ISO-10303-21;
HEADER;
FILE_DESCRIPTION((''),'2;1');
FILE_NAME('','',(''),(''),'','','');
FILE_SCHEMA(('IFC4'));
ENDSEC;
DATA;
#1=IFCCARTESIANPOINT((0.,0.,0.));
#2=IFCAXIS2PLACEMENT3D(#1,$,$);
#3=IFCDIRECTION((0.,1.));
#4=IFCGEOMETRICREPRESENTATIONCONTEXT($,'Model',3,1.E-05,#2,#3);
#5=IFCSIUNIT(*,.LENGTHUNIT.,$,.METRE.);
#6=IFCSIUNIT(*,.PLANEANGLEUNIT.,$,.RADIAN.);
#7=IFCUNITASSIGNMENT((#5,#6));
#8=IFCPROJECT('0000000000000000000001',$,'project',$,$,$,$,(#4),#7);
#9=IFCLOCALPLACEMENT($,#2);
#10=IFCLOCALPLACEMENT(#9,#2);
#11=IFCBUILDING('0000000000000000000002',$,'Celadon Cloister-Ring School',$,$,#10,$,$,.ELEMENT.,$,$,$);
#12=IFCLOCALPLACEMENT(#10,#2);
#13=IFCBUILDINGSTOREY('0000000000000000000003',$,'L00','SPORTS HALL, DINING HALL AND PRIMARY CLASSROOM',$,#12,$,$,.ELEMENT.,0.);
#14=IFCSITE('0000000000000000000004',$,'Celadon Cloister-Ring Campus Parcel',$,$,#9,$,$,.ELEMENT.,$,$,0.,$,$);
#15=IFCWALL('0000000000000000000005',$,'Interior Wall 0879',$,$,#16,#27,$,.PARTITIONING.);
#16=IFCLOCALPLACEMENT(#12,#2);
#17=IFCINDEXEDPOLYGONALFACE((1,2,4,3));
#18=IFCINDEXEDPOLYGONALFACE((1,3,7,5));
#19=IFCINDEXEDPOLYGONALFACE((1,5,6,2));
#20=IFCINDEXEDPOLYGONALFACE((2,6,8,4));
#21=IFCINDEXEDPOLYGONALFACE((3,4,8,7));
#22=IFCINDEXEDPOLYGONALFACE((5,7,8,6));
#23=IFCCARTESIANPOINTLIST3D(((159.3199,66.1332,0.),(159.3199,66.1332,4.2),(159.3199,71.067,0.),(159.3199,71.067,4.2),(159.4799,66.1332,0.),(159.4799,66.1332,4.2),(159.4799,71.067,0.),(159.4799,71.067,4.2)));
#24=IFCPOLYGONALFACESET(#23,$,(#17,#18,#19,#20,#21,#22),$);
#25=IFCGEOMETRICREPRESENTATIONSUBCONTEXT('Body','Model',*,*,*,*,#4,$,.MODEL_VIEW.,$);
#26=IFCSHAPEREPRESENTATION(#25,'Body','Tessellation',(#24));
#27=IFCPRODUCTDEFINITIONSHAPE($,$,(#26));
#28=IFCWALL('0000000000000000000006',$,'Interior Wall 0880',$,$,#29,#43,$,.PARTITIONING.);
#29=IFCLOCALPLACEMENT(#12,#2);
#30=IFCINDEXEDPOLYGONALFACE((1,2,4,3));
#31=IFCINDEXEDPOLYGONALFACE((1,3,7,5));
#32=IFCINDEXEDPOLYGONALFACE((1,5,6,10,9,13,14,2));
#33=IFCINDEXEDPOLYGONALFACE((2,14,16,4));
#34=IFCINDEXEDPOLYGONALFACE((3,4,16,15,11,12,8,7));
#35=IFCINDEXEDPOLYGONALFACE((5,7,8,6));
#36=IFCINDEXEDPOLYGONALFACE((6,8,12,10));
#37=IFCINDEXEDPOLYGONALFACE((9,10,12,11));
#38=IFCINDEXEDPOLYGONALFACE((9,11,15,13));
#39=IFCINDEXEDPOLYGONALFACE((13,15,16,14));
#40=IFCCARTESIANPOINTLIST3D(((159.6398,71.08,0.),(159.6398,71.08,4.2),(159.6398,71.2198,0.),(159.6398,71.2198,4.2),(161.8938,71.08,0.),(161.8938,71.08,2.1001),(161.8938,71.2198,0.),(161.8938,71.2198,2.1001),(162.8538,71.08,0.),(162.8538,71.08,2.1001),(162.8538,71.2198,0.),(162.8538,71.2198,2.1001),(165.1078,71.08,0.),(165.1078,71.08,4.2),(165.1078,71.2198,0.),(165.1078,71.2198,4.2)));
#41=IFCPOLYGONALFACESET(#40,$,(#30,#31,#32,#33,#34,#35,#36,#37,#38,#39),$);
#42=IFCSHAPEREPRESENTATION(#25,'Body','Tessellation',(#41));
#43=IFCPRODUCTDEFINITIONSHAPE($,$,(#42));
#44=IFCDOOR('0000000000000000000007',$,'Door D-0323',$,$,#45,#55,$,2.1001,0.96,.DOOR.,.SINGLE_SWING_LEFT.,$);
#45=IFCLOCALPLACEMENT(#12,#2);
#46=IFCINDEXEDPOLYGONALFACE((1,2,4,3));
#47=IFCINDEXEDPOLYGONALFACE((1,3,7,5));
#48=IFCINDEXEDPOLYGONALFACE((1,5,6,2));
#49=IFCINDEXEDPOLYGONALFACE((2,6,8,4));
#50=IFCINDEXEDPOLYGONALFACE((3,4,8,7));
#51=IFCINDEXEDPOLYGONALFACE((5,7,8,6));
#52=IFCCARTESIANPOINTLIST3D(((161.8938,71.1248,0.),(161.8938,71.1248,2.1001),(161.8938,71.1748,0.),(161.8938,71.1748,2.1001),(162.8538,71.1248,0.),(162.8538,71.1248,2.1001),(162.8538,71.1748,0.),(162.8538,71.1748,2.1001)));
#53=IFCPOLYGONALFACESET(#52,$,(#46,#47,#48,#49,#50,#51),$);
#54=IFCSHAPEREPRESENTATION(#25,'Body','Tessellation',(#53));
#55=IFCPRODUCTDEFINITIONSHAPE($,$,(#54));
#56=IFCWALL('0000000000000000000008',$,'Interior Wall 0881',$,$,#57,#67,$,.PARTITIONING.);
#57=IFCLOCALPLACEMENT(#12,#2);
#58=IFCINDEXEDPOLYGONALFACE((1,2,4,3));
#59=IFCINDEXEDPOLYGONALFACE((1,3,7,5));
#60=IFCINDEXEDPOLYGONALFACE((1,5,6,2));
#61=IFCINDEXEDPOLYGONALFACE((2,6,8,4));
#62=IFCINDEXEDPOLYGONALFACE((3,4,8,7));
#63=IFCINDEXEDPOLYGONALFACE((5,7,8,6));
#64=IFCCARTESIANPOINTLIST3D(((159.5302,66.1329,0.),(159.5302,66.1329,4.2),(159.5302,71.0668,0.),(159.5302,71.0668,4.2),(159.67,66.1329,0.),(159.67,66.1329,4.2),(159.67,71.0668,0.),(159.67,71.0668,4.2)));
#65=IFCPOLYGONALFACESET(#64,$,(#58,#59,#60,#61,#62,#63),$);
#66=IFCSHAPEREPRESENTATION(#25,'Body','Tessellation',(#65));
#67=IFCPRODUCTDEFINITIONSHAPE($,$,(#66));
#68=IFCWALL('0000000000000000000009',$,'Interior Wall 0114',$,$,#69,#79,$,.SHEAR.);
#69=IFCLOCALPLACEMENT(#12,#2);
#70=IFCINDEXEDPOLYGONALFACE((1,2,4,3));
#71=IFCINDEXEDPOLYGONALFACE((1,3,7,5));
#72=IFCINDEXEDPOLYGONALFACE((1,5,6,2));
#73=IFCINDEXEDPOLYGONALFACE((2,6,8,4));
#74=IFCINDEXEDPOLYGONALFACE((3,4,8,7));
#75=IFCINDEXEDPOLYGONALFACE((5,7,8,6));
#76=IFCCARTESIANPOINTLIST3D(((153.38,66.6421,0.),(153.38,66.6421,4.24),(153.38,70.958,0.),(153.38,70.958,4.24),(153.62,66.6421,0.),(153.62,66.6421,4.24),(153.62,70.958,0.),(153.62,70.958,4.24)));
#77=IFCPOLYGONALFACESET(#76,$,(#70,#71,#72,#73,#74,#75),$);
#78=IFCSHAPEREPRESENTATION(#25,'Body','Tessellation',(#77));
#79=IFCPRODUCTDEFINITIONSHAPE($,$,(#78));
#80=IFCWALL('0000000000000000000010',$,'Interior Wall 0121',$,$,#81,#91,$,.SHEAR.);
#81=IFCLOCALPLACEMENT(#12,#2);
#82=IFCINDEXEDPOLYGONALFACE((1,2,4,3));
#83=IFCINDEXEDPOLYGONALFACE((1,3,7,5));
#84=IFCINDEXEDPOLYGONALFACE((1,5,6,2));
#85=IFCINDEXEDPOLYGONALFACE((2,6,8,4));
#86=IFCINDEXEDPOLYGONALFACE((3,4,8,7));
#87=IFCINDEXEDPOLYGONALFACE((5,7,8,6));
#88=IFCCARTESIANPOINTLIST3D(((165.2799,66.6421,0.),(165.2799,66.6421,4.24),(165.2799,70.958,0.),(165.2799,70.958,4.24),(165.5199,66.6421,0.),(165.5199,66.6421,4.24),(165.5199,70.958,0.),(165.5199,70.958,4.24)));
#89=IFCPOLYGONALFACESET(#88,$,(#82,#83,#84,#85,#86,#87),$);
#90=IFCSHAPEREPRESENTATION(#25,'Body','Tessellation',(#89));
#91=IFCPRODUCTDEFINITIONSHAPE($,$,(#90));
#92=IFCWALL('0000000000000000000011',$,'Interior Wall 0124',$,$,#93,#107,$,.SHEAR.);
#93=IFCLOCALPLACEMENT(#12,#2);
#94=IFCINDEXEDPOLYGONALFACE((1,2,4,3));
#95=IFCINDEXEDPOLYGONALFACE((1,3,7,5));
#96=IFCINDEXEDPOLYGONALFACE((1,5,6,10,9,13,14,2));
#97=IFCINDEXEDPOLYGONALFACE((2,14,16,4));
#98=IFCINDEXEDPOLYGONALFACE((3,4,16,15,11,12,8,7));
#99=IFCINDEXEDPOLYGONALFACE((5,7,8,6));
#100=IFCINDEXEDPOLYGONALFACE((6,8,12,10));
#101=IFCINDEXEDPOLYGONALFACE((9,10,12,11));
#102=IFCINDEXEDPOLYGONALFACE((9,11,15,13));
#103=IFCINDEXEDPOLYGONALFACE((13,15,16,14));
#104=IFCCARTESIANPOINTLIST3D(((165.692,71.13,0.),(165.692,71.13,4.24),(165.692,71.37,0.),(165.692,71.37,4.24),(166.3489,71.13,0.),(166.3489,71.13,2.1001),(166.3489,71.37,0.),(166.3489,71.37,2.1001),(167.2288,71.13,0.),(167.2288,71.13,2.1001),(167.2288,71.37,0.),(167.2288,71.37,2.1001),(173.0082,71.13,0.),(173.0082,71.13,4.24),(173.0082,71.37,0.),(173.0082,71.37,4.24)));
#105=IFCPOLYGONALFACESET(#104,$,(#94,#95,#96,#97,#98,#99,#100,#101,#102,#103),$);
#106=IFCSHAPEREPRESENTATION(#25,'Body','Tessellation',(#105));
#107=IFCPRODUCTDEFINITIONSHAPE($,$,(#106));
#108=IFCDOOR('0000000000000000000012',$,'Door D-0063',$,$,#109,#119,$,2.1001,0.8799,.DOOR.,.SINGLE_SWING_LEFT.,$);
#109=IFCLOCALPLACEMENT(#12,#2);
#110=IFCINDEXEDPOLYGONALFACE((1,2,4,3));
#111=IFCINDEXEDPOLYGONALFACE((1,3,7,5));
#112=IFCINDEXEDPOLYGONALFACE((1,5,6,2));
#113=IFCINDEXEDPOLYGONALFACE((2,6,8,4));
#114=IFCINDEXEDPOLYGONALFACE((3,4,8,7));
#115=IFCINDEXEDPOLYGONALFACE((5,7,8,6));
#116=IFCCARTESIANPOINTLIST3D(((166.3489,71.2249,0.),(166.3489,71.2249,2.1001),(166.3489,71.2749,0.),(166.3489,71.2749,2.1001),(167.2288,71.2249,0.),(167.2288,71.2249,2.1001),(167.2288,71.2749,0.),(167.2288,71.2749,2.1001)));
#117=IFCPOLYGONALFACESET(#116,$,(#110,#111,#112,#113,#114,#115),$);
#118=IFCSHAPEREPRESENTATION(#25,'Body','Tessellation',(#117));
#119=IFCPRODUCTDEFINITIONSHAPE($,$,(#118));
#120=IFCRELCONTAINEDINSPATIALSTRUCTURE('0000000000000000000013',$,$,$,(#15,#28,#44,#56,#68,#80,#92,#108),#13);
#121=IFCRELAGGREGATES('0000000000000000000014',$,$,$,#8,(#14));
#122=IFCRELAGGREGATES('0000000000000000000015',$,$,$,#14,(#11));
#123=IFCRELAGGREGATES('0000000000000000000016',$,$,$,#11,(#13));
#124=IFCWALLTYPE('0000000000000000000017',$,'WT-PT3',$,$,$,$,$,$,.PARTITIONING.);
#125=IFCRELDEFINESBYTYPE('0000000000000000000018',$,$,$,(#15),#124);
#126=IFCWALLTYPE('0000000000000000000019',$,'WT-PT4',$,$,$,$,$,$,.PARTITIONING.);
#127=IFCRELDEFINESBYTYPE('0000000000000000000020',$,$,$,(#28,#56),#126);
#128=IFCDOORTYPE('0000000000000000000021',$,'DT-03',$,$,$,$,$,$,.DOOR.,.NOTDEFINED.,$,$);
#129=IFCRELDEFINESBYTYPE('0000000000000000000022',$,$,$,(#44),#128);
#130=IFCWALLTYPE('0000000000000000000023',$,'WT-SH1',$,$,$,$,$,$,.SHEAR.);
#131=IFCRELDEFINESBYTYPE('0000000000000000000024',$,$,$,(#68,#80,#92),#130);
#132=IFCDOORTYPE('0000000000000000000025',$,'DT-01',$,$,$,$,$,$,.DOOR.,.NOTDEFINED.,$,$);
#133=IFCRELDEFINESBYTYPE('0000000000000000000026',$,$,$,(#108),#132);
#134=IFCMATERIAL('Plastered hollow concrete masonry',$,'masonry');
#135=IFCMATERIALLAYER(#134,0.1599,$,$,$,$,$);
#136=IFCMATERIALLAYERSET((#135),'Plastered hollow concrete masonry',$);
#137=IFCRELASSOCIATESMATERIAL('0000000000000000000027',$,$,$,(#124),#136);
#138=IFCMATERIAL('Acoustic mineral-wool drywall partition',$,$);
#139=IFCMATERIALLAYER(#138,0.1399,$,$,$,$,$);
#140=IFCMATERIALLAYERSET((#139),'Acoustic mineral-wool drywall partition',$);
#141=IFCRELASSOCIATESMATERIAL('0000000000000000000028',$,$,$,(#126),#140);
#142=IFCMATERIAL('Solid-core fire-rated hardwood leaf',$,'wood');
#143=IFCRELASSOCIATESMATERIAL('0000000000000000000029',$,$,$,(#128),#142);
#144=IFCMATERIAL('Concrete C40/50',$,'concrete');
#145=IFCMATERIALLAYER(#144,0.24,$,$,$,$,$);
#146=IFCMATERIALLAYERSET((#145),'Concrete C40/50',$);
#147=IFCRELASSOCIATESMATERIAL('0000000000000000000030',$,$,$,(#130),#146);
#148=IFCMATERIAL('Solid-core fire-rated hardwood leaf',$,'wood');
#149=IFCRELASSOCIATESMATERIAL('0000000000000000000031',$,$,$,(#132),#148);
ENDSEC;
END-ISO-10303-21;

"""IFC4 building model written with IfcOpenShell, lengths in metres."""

from ifc_helpers import new_model, si_unit, direction, frame, frame_2d, origin, place, context, subcontext, project, spatial, rectangle, extrude, material, layer, layer_set, type_object, element, fill, save


model = new_model("IFC4")

# Units and contexts
model_context = context("Model", 3, precision=1e-05, world=origin(), true_north=direction((0.0, 1.0)))
body_context = subcontext(model_context, "Body", "Model", "MODEL_VIEW")
ifc_project = project(units=[si_unit("LENGTHUNIT", "METRE"), si_unit("PLANEANGLEUNIT", "RADIAN")], contexts=[model_context])

# Site, building, storey
site_placement = place(None, origin())
site = spatial("IfcSite", under=ifc_project, at=site_placement, Name="Celadon Cloister-Ring Campus Parcel", CompositionType="ELEMENT", RefElevation=0.0)
building_placement = place(site_placement, origin())
building = spatial("IfcBuilding", under=site, at=building_placement, Name="Celadon Cloister-Ring School", CompositionType="ELEMENT")
storey_placement = place(building_placement, origin())
storey = spatial("IfcBuildingStorey", under=building, at=storey_placement, Name="L00", Description="SPORTS HALL, DINING HALL AND PRIMARY CLASSROOM", CompositionType="ELEMENT", Elevation=0.0)

# Shared definitions
ifc_material_1 = material(Name="Plastered hollow concrete masonry", Category="masonry")
ifc_layer_1 = layer(ifc_material_1, 0.1599)
ifc_layer_set_1 = layer_set([ifc_layer_1], Name="Plastered hollow concrete masonry")
wall_type_1 = type_object("IfcWallType", Name="WT-PT3", PredefinedType="PARTITIONING", material=ifc_layer_set_1)

# Wall
wall_1_placement = place(storey_placement, frame((159.3999, 71.0669, 0.0), z_axis=(0.0, 0.0, 1.0), x_axis=(0.0, -1.0, 0.0)))
element("IfcWall", 1, at=wall_1_placement, inside=storey, type_object=wall_type_1, Name="Interior Wall 0879", PredefinedType="PARTITIONING", context=body_context, shape_type="SweptSolid", body=[
    extrude(rectangle(XDim=4.9338, YDim=0.1599, at=frame_2d((2.4668, 0.0))), origin(), (0.0, 0.0, 1.0), 4.2),
])

# Wall, opening, door
ifc_material_2 = material(Name="Acoustic mineral-wool drywall partition")
ifc_layer_2 = layer(ifc_material_2, 0.1399)
ifc_layer_set_2 = layer_set([ifc_layer_2], Name="Acoustic mineral-wool drywall partition")
wall_type_2 = type_object("IfcWallType", Name="WT-PT4", PredefinedType="PARTITIONING", material=ifc_layer_set_2)
wall_2_placement = place(storey_placement, frame((159.6399, 71.1499, 0.0), z_axis=(0.0, 0.0, 1.0), x_axis=(1.0, 0.0, 0.0)))
wall_2 = element("IfcWall", 2, at=wall_2_placement, inside=storey, type_object=wall_type_2, Name="Interior Wall 0880", PredefinedType="PARTITIONING", context=body_context, shape_type="SweptSolid", body=[
    extrude(rectangle(XDim=5.468, YDim=0.1399, at=frame_2d((2.7339, 0.0))), origin(), (0.0, 0.0, 1.0), 4.2),
])
opening_1_placement = place(wall_2_placement, frame((2.2539, 0.0, 0.0)))
opening_1 = element("IfcOpeningElement", 3, at=opening_1_placement, cuts=wall_2, PredefinedType="OPENING", context=body_context, shape_type="SweptSolid", body=[
    extrude(rectangle(XDim=0.96, YDim=2.1001, at=frame_2d((0.48, 1.05))), frame((0.0, 0.0801, 0.0), z_axis=(0.0, -1.0, 0.0), x_axis=(1.0, 0.0, 0.0)), (0.0, 0.0, 1.0), 0.1599),
])
ifc_material_3 = material(Name="Solid-core fire-rated hardwood leaf", Category="wood")
door_type_1 = type_object("IfcDoorType", Name="DT-03", OperationType="NOTDEFINED", PredefinedType="DOOR", material=ifc_material_3)
door_1_placement = place(opening_1_placement, origin())
door_1 = element("IfcDoor", 4, at=door_1_placement, inside=storey, type_object=door_type_1, Name="Door D-0323", OperationType="SINGLE_SWING_LEFT", OverallHeight=2.1001, OverallWidth=0.96, PredefinedType="DOOR", context=body_context, shape_type="SweptSolid", body=[
    extrude(rectangle(XDim=0.96, YDim=2.1001, at=frame_2d((0.48, 1.05))), frame((0.0, 0.0249, 0.0), z_axis=(0.0, -1.0, 0.0), x_axis=(1.0, 0.0, 0.0)), (0.0, 0.0, 1.0), 0.05),
])
fill(opening_1, door_1)

# Walls
wall_3_placement = place(storey_placement, frame((159.6001, 66.1331, 0.0), z_axis=(0.0, 0.0, 1.0), x_axis=(0.0, 1.0, 0.0)))
element("IfcWall", 5, at=wall_3_placement, inside=storey, type_object=wall_type_2, Name="Interior Wall 0881", PredefinedType="PARTITIONING", context=body_context, shape_type="SweptSolid", body=[
    extrude(rectangle(XDim=4.9338, YDim=0.1399, at=frame_2d((2.4668, 0.0))), origin(), (0.0, 0.0, 1.0), 4.2),
])
ifc_material_4 = material(Name="Concrete C40/50", Category="concrete")
ifc_layer_3 = layer(ifc_material_4, 0.24)
ifc_layer_set_3 = layer_set([ifc_layer_3], Name="Concrete C40/50")
wall_type_3 = type_object("IfcWallType", Name="WT-SH1", PredefinedType="SHEAR", material=ifc_layer_set_3)
for number, where, z_axis, x_axis, name in (
    (6, (153.5, 70.958, 0.0), (0.0, 0.0, 1.0), (0.0, -1.0, 0.0), "Interior Wall 0114"),
    (7, (165.3999, 66.6421, 0.0), (0.0, 0.0, 1.0), (0.0, 1.0, 0.0), "Interior Wall 0121"),
):
    element("IfcWall", number, at=place(storey_placement, frame(where, z_axis=z_axis, x_axis=x_axis)), inside=storey, type_object=wall_type_3, Name=name, PredefinedType="SHEAR", context=body_context, shape_type="SweptSolid", body=[
        extrude(rectangle(XDim=4.3159, YDim=0.24, at=frame_2d((2.158, 0.0))), origin(), (0.0, 0.0, 1.0), 4.24),
    ])

# Wall, opening, door
wall_4_placement = place(storey_placement, frame((165.6919, 71.25, 0.0), z_axis=(0.0, 0.0, 1.0), x_axis=(1.0, 0.0, 0.0)))
wall_4 = element("IfcWall", 8, at=wall_4_placement, inside=storey, type_object=wall_type_3, Name="Interior Wall 0124", PredefinedType="SHEAR", context=body_context, shape_type="SweptSolid", body=[
    extrude(rectangle(XDim=7.3162, YDim=0.24, at=frame_2d((3.6582, 0.0))), origin(), (0.0, 0.0, 1.0), 4.24),
])
opening_2_placement = place(wall_4_placement, frame((0.657, 0.0, 0.0)))
opening_2 = element("IfcOpeningElement", 9, at=opening_2_placement, cuts=wall_4, PredefinedType="OPENING", context=body_context, shape_type="SweptSolid", body=[
    extrude(rectangle(XDim=0.8799, YDim=2.1001, at=frame_2d((0.4399, 1.05))), frame((0.0, 0.1299, 0.0), z_axis=(0.0, -1.0, 0.0), x_axis=(1.0, 0.0, 0.0)), (0.0, 0.0, 1.0), 0.26),
])
ifc_material_5 = material(Name="Solid-core fire-rated hardwood leaf", Category="wood")
door_type_2 = type_object("IfcDoorType", Name="DT-01", OperationType="NOTDEFINED", PredefinedType="DOOR", material=ifc_material_5)
door_2_placement = place(opening_2_placement, origin())
door_2 = element("IfcDoor", 10, at=door_2_placement, inside=storey, type_object=door_type_2, Name="Door D-0063", OperationType="SINGLE_SWING_LEFT", OverallHeight=2.1001, OverallWidth=0.8799, PredefinedType="DOOR", context=body_context, shape_type="SweptSolid", body=[
    extrude(rectangle(XDim=0.8799, YDim=2.1001, at=frame_2d((0.4399, 1.05))), frame((0.0, 0.0249, 0.0), z_axis=(0.0, -1.0, 0.0), x_axis=(1.0, 0.0, 0.0)), (0.0, 0.0, 1.0), 0.05),
])
fill(opening_2, door_2)

save(model, "model.ifc")
